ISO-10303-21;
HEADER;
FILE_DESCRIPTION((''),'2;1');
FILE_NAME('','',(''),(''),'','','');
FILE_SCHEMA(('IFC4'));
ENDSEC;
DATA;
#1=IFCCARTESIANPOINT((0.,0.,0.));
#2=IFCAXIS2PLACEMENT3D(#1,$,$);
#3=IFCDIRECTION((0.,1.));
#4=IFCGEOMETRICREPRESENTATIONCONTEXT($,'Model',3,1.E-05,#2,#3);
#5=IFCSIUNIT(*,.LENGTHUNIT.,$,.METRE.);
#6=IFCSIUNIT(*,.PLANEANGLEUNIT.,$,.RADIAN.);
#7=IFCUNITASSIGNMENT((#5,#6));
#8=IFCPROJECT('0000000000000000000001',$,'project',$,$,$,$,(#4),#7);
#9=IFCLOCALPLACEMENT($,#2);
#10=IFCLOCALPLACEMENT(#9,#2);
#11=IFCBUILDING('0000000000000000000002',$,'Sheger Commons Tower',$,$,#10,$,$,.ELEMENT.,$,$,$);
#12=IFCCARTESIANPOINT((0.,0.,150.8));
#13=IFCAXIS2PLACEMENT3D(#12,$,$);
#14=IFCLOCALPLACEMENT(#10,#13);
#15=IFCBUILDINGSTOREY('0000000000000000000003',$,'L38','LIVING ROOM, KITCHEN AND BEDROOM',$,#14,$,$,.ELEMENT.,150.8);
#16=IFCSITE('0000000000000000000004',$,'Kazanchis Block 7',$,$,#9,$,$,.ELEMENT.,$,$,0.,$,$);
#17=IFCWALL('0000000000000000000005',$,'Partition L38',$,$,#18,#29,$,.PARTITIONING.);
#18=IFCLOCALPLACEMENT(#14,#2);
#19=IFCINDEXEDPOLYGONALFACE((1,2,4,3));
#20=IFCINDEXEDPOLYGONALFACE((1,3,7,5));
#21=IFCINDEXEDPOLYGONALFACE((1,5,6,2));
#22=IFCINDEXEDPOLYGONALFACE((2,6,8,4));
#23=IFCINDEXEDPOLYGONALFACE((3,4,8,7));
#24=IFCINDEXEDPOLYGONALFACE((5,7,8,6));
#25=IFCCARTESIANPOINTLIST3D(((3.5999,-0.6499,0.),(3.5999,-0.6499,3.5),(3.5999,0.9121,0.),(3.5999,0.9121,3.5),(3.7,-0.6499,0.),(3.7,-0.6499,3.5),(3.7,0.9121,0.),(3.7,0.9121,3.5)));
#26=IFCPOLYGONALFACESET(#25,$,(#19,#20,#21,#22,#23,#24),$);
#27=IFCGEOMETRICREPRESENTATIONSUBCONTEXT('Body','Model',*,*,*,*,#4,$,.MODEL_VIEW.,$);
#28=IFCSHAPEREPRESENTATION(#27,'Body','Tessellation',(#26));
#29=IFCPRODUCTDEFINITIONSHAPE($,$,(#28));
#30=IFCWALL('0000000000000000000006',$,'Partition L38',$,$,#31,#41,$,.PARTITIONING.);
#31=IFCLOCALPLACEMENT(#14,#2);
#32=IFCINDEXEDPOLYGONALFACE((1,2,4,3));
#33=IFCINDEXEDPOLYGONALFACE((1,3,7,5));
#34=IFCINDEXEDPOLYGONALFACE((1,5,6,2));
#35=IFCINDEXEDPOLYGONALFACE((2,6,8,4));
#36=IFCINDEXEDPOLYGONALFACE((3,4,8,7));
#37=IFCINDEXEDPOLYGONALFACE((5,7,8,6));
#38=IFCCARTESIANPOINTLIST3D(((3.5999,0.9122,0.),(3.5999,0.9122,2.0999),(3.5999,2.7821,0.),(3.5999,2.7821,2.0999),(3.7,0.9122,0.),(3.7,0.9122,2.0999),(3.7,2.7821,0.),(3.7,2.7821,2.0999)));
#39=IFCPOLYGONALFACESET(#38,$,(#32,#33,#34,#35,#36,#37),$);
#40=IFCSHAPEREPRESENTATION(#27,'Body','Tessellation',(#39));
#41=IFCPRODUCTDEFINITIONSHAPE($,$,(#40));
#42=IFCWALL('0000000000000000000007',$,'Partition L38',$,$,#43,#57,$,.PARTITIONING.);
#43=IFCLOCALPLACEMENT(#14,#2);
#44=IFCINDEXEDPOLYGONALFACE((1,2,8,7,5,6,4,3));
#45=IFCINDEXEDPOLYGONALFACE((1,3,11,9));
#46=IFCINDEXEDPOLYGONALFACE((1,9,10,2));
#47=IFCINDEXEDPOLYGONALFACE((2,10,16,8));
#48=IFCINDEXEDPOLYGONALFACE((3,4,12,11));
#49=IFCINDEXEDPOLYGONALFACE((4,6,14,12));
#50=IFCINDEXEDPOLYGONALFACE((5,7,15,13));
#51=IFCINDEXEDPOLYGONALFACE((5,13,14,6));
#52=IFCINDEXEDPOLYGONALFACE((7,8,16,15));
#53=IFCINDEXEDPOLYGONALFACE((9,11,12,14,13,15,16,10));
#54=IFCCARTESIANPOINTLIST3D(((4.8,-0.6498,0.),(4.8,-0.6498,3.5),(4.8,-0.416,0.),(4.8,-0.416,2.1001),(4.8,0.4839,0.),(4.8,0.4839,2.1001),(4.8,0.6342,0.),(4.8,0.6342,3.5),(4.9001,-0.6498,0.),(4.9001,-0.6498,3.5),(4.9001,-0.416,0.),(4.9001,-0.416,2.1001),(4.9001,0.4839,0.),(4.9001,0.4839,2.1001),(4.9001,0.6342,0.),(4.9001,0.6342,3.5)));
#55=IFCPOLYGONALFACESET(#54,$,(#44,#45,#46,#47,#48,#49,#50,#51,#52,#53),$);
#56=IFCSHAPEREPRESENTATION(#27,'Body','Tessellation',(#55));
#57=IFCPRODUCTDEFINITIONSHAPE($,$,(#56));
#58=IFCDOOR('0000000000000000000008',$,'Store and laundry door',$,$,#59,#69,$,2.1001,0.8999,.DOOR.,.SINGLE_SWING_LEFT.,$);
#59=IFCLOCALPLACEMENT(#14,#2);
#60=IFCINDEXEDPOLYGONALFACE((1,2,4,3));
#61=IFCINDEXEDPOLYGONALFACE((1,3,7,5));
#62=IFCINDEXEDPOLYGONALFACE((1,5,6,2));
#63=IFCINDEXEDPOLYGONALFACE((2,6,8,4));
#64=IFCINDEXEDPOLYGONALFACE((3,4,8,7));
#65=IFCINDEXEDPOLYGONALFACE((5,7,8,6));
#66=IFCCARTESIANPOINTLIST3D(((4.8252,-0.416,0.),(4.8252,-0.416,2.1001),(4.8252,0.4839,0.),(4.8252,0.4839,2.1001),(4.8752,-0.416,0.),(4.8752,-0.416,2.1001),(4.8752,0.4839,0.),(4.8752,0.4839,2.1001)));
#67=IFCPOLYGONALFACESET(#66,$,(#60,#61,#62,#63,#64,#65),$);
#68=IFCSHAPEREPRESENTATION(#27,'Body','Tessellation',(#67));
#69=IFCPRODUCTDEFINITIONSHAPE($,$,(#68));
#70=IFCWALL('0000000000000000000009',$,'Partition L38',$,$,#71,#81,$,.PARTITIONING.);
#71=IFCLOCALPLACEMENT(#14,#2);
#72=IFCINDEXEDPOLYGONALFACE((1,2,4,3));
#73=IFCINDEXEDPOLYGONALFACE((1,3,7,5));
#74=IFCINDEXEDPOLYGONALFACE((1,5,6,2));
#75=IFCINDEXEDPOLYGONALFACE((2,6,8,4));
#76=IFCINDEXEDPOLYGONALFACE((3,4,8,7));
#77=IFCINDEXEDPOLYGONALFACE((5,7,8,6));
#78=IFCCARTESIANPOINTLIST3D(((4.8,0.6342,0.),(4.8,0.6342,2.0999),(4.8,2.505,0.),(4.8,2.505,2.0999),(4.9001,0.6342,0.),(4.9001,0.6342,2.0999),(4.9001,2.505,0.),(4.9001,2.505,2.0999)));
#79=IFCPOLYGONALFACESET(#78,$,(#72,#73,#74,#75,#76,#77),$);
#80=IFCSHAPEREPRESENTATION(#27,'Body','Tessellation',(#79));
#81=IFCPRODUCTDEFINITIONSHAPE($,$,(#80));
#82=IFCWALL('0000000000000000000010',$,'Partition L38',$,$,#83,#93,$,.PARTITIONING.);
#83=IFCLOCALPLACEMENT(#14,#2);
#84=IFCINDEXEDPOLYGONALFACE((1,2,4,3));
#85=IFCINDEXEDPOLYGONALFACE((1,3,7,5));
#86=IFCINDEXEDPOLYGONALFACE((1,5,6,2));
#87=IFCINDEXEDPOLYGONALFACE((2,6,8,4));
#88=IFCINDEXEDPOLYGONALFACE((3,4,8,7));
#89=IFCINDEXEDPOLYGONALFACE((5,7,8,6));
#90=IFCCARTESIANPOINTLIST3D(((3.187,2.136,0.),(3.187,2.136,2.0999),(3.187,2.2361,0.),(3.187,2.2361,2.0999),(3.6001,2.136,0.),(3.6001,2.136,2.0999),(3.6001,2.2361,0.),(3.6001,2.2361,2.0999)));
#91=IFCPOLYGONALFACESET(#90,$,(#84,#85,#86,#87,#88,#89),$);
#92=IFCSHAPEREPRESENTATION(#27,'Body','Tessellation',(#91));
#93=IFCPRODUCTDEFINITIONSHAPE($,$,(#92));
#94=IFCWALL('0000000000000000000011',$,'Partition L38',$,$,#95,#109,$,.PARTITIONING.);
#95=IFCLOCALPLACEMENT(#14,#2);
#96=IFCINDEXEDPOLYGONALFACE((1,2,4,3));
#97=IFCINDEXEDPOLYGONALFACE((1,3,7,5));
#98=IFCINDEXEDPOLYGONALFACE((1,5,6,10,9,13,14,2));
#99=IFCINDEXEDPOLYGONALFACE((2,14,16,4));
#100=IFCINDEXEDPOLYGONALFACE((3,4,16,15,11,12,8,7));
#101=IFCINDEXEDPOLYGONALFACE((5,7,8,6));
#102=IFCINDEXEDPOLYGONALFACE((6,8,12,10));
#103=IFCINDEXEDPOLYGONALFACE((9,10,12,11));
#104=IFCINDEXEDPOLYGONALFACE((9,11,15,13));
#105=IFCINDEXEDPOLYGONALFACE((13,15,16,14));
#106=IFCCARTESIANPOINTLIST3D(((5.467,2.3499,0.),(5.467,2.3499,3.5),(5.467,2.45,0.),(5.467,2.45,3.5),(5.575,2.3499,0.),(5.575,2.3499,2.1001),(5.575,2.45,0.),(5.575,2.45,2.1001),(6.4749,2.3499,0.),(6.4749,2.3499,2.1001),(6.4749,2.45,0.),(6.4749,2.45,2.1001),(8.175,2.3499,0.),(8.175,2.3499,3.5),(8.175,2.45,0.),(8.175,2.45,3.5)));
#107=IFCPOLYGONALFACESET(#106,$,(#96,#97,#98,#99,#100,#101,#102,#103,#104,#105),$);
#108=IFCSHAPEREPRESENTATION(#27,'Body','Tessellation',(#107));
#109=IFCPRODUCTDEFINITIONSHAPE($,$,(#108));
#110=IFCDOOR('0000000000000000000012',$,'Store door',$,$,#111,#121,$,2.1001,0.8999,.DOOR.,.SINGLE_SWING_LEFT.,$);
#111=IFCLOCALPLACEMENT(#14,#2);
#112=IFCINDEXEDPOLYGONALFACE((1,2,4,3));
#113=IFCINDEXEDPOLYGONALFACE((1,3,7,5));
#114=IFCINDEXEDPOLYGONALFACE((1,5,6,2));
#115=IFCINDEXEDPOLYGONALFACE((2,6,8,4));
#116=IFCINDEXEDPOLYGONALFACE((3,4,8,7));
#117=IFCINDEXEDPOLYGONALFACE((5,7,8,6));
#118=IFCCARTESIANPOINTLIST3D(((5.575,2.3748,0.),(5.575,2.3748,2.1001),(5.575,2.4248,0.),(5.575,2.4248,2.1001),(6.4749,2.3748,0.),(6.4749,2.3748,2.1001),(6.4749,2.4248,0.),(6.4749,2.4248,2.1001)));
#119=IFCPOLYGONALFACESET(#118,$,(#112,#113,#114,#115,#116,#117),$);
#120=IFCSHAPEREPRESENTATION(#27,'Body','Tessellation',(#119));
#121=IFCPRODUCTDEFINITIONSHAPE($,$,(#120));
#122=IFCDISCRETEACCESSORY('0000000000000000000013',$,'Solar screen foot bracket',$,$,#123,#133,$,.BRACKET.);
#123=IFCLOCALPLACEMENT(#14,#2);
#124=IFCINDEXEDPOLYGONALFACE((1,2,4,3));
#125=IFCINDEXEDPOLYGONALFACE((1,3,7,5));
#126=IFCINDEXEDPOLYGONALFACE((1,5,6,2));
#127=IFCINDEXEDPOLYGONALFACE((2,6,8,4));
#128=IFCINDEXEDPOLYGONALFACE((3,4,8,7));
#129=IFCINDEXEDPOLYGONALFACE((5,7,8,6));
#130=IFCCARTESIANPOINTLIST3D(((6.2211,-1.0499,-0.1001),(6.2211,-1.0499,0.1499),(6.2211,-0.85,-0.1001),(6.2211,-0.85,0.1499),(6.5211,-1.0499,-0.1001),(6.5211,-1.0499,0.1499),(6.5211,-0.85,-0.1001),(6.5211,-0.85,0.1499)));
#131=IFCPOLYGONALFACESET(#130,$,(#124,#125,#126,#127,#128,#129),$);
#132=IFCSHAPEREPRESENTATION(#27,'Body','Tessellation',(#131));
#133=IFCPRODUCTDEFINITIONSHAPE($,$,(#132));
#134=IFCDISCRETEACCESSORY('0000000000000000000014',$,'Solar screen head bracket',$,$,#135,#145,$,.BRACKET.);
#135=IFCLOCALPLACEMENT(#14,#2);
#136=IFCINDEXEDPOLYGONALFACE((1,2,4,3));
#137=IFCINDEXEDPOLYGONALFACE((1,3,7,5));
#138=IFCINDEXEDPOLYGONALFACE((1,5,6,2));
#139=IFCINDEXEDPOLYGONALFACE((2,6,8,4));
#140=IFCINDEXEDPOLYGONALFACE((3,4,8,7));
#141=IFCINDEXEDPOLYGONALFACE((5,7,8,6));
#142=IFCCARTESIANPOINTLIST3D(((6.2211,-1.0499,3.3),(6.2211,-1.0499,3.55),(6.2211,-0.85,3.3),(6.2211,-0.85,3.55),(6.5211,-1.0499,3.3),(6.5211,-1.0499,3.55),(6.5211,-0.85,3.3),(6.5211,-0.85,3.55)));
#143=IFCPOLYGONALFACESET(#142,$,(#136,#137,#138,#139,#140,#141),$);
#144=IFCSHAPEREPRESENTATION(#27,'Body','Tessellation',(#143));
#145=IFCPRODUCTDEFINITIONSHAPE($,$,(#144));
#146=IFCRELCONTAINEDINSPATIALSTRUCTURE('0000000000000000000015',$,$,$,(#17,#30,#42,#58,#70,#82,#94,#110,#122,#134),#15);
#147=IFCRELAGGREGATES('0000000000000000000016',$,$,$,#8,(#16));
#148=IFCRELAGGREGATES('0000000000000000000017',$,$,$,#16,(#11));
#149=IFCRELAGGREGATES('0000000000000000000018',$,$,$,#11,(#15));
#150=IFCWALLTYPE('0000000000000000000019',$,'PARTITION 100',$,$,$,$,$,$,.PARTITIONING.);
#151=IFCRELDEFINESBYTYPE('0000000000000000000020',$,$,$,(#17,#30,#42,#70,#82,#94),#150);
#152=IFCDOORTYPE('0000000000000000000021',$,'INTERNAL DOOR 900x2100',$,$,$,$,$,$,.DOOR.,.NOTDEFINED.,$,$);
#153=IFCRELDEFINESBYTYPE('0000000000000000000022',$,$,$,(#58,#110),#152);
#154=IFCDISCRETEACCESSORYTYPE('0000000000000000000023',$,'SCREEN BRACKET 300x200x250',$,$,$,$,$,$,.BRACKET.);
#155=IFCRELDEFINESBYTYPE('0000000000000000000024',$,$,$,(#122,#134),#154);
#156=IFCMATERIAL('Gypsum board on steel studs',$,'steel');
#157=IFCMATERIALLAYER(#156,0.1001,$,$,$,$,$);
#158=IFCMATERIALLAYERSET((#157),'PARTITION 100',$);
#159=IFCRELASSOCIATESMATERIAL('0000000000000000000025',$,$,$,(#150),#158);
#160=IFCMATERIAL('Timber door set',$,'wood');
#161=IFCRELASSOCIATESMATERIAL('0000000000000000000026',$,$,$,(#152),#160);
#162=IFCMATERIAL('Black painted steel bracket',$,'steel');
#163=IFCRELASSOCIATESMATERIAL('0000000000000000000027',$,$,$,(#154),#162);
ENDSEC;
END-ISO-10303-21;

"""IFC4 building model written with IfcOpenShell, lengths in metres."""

from ifc_helpers import new_model, si_unit, direction, frame, frame_2d, origin, origin_2d, place, context, subcontext, project, spatial, rectangle, extrude, material, layer, layer_set, type_object, element, fill, save


model = new_model("IFC4")

# Units and contexts
model_context = context("Model", 3, precision=1e-05, world=origin(), true_north=direction((0.0, 1.0)))
body_context = subcontext(model_context, "Body", "Model", "MODEL_VIEW")
ifc_project = project(units=[si_unit("LENGTHUNIT", "METRE"), si_unit("PLANEANGLEUNIT", "RADIAN")], contexts=[model_context])

# Site, building, storey
site_placement = place(None, origin())
site = spatial("IfcSite", under=ifc_project, at=site_placement, Name="Kazanchis Block 7", CompositionType="ELEMENT", RefElevation=0.0)
building_placement = place(site_placement, origin())
building = spatial("IfcBuilding", under=site, at=building_placement, Name="Sheger Commons Tower", CompositionType="ELEMENT")
storey_placement = place(building_placement, frame((0.0, 0.0, 150.8)))
storey = spatial("IfcBuildingStorey", under=building, at=storey_placement, Name="L38", Description="LIVING ROOM, KITCHEN AND BEDROOM", CompositionType="ELEMENT", Elevation=150.8)

# Walls
ifc_material_1 = material(Name="Gypsum board on steel studs", Category="steel")
ifc_layer_1 = layer(ifc_material_1, 0.1001)
ifc_layer_set_1 = layer_set([ifc_layer_1], Name="PARTITION 100")
wall_type_1 = type_object("IfcWallType", Name="PARTITION 100", PredefinedType="PARTITIONING", material=ifc_layer_set_1)
wall_1_placement = place(storey_placement, frame((3.6499, -0.6499, 0.0), z_axis=(0.0, 0.0, 1.0), x_axis=(0.0, 1.0, 0.0)))
element("IfcWall", 1, at=wall_1_placement, inside=storey, type_object=wall_type_1, Name="Partition L38", PredefinedType="PARTITIONING", context=body_context, shape_type="SweptSolid", body=[
    extrude(rectangle(XDim=1.562, YDim=0.1001, at=frame_2d((0.781, 0.0))), origin(), (0.0, 0.0, 1.0), 3.5),
])
wall_2_placement = place(storey_placement, frame((3.6499, 0.9121, 0.0), z_axis=(0.0, 0.0, 1.0), x_axis=(0.0, 1.0, 0.0)))
element("IfcWall", 2, at=wall_2_placement, inside=storey, type_object=wall_type_1, Name="Partition L38", PredefinedType="PARTITIONING", context=body_context, shape_type="SweptSolid", body=[
    extrude(rectangle(XDim=1.8699, YDim=0.1001, at=frame_2d((0.9351, 0.0))), origin(), (0.0, 0.0, 1.0), 2.0999),
])

# Wall, opening, door
wall_3_placement = place(storey_placement, frame((4.8501, -0.6499, 0.0), z_axis=(0.0, 0.0, 1.0), x_axis=(0.0, 1.0, 0.0)))
wall_3 = element("IfcWall", 3, at=wall_3_placement, inside=storey, type_object=wall_type_1, Name="Partition L38", PredefinedType="PARTITIONING", context=body_context, shape_type="SweptSolid", body=[
    extrude(rectangle(XDim=1.2839, YDim=0.1001, at=frame_2d((0.6421, 0.0))), origin(), (0.0, 0.0, 1.0), 3.5),
])
opening_1_placement = place(wall_3_placement, frame((0.2339, 0.0, 0.0)))
opening_1 = element("IfcOpeningElement", 4, at=opening_1_placement, cuts=wall_3, PredefinedType="OPENING", context=body_context, shape_type="SweptSolid", body=[
    extrude(rectangle(XDim=0.8999, YDim=2.1001, at=frame_2d((0.45, 1.05))), frame((0.0, 0.0601, 0.0), z_axis=(0.0, -1.0, 0.0), x_axis=(1.0, 0.0, 0.0)), (0.0, 0.0, 1.0), 0.1201),
])
ifc_material_2 = material(Name="Timber door set", Category="wood")
door_type = type_object("IfcDoorType", Name="INTERNAL DOOR 900x2100", OperationType="NOTDEFINED", PredefinedType="DOOR", material=ifc_material_2)
door_1_placement = place(opening_1_placement, origin())
door_1 = element("IfcDoor", 5, at=door_1_placement, inside=storey, type_object=door_type, Name="Store and laundry door", OperationType="SINGLE_SWING_LEFT", OverallHeight=2.1001, OverallWidth=0.8999, PredefinedType="DOOR", context=body_context, shape_type="SweptSolid", body=[
    extrude(rectangle(XDim=0.8999, YDim=2.1001, at=frame_2d((0.45, 1.05))), frame((0.0, 0.0249, 0.0), z_axis=(0.0, -1.0, 0.0), x_axis=(1.0, 0.0, 0.0)), (0.0, 0.0, 1.0), 0.05),
])
fill(opening_1, door_1)

# Walls
wall_4_placement = place(storey_placement, frame((4.8501, 0.634, 0.0), z_axis=(0.0, 0.0, 1.0), x_axis=(0.0, 1.0, 0.0)))
element("IfcWall", 6, at=wall_4_placement, inside=storey, type_object=wall_type_1, Name="Partition L38", PredefinedType="PARTITIONING", context=body_context, shape_type="SweptSolid", body=[
    extrude(rectangle(XDim=1.8708, YDim=0.1001, at=frame_2d((0.9355, 0.0))), origin(), (0.0, 0.0, 1.0), 2.0999),
])
wall_5_placement = place(storey_placement, frame((3.187, 2.186, 0.0), z_axis=(0.0, 0.0, 1.0), x_axis=(1.0, 0.0, 0.0)))
element("IfcWall", 7, at=wall_5_placement, inside=storey, type_object=wall_type_1, Name="Partition L38", PredefinedType="PARTITIONING", context=body_context, shape_type="SweptSolid", body=[
    extrude(rectangle(XDim=0.4131, YDim=0.1001, at=frame_2d((0.2065, 0.0))), origin(), (0.0, 0.0, 1.0), 2.0999),
])

# Wall, opening, door
wall_6_placement = place(storey_placement, frame((5.467, 2.3999, 0.0), z_axis=(0.0, 0.0, 1.0), x_axis=(1.0, 0.0, 0.0)))
wall_6 = element("IfcWall", 8, at=wall_6_placement, inside=storey, type_object=wall_type_1, Name="Partition L38", PredefinedType="PARTITIONING", context=body_context, shape_type="SweptSolid", body=[
    extrude(rectangle(XDim=2.708, YDim=0.1001, at=frame_2d((1.354, 0.0))), origin(), (0.0, 0.0, 1.0), 3.5),
])
opening_2_placement = place(wall_6_placement, frame((0.1079, 0.0, 0.0)))
opening_2 = element("IfcOpeningElement", 9, at=opening_2_placement, cuts=wall_6, PredefinedType="OPENING", context=body_context, shape_type="SweptSolid", body=[
    extrude(rectangle(XDim=0.8999, YDim=2.1001, at=frame_2d((0.45, 1.05))), frame((0.0, 0.0601, 0.0), z_axis=(0.0, -1.0, 0.0), x_axis=(1.0, 0.0, 0.0)), (0.0, 0.0, 1.0), 0.1201),
])
door_2_placement = place(opening_2_placement, origin())
door_2 = element("IfcDoor", 10, at=door_2_placement, inside=storey, type_object=door_type, Name="Store door", OperationType="SINGLE_SWING_LEFT", OverallHeight=2.1001, OverallWidth=0.8999, PredefinedType="DOOR", context=body_context, shape_type="SweptSolid", body=[
    extrude(rectangle(XDim=0.8999, YDim=2.1001, at=frame_2d((0.45, 1.05))), frame((0.0, 0.0249, 0.0), z_axis=(0.0, -1.0, 0.0), x_axis=(1.0, 0.0, 0.0)), (0.0, 0.0, 1.0), 0.05),
])
fill(opening_2, door_2)

# Discrete accessories
ifc_material_3 = material(Name="Black painted steel bracket", Category="steel")
discrete_accessory_type = type_object("IfcDiscreteAccessoryType", Name="SCREEN BRACKET 300x200x250", PredefinedType="BRACKET", material=ifc_material_3)
for number, where, z_axis, x_axis, name in (
    (11, (6.3711, -0.95, -0.1001), (0.0, 0.0, 1.0), (1.0, 0.0, 0.0), "Solar screen foot bracket"),
    (12, (6.3711, -0.95, 3.3), (0.0, 0.0, 1.0), (1.0, 0.0, 0.0), "Solar screen head bracket"),
):
    element("IfcDiscreteAccessory", number, at=place(storey_placement, frame(where, z_axis=z_axis, x_axis=x_axis)), inside=storey, type_object=discrete_accessory_type, Name=name, PredefinedType="BRACKET", context=body_context, shape_type="SweptSolid", body=[
        extrude(rectangle(XDim=0.3, YDim=0.2, at=origin_2d()), origin(), (0.0, 0.0, 1.0), 0.25),
    ])

save(model, "model.ifc")
